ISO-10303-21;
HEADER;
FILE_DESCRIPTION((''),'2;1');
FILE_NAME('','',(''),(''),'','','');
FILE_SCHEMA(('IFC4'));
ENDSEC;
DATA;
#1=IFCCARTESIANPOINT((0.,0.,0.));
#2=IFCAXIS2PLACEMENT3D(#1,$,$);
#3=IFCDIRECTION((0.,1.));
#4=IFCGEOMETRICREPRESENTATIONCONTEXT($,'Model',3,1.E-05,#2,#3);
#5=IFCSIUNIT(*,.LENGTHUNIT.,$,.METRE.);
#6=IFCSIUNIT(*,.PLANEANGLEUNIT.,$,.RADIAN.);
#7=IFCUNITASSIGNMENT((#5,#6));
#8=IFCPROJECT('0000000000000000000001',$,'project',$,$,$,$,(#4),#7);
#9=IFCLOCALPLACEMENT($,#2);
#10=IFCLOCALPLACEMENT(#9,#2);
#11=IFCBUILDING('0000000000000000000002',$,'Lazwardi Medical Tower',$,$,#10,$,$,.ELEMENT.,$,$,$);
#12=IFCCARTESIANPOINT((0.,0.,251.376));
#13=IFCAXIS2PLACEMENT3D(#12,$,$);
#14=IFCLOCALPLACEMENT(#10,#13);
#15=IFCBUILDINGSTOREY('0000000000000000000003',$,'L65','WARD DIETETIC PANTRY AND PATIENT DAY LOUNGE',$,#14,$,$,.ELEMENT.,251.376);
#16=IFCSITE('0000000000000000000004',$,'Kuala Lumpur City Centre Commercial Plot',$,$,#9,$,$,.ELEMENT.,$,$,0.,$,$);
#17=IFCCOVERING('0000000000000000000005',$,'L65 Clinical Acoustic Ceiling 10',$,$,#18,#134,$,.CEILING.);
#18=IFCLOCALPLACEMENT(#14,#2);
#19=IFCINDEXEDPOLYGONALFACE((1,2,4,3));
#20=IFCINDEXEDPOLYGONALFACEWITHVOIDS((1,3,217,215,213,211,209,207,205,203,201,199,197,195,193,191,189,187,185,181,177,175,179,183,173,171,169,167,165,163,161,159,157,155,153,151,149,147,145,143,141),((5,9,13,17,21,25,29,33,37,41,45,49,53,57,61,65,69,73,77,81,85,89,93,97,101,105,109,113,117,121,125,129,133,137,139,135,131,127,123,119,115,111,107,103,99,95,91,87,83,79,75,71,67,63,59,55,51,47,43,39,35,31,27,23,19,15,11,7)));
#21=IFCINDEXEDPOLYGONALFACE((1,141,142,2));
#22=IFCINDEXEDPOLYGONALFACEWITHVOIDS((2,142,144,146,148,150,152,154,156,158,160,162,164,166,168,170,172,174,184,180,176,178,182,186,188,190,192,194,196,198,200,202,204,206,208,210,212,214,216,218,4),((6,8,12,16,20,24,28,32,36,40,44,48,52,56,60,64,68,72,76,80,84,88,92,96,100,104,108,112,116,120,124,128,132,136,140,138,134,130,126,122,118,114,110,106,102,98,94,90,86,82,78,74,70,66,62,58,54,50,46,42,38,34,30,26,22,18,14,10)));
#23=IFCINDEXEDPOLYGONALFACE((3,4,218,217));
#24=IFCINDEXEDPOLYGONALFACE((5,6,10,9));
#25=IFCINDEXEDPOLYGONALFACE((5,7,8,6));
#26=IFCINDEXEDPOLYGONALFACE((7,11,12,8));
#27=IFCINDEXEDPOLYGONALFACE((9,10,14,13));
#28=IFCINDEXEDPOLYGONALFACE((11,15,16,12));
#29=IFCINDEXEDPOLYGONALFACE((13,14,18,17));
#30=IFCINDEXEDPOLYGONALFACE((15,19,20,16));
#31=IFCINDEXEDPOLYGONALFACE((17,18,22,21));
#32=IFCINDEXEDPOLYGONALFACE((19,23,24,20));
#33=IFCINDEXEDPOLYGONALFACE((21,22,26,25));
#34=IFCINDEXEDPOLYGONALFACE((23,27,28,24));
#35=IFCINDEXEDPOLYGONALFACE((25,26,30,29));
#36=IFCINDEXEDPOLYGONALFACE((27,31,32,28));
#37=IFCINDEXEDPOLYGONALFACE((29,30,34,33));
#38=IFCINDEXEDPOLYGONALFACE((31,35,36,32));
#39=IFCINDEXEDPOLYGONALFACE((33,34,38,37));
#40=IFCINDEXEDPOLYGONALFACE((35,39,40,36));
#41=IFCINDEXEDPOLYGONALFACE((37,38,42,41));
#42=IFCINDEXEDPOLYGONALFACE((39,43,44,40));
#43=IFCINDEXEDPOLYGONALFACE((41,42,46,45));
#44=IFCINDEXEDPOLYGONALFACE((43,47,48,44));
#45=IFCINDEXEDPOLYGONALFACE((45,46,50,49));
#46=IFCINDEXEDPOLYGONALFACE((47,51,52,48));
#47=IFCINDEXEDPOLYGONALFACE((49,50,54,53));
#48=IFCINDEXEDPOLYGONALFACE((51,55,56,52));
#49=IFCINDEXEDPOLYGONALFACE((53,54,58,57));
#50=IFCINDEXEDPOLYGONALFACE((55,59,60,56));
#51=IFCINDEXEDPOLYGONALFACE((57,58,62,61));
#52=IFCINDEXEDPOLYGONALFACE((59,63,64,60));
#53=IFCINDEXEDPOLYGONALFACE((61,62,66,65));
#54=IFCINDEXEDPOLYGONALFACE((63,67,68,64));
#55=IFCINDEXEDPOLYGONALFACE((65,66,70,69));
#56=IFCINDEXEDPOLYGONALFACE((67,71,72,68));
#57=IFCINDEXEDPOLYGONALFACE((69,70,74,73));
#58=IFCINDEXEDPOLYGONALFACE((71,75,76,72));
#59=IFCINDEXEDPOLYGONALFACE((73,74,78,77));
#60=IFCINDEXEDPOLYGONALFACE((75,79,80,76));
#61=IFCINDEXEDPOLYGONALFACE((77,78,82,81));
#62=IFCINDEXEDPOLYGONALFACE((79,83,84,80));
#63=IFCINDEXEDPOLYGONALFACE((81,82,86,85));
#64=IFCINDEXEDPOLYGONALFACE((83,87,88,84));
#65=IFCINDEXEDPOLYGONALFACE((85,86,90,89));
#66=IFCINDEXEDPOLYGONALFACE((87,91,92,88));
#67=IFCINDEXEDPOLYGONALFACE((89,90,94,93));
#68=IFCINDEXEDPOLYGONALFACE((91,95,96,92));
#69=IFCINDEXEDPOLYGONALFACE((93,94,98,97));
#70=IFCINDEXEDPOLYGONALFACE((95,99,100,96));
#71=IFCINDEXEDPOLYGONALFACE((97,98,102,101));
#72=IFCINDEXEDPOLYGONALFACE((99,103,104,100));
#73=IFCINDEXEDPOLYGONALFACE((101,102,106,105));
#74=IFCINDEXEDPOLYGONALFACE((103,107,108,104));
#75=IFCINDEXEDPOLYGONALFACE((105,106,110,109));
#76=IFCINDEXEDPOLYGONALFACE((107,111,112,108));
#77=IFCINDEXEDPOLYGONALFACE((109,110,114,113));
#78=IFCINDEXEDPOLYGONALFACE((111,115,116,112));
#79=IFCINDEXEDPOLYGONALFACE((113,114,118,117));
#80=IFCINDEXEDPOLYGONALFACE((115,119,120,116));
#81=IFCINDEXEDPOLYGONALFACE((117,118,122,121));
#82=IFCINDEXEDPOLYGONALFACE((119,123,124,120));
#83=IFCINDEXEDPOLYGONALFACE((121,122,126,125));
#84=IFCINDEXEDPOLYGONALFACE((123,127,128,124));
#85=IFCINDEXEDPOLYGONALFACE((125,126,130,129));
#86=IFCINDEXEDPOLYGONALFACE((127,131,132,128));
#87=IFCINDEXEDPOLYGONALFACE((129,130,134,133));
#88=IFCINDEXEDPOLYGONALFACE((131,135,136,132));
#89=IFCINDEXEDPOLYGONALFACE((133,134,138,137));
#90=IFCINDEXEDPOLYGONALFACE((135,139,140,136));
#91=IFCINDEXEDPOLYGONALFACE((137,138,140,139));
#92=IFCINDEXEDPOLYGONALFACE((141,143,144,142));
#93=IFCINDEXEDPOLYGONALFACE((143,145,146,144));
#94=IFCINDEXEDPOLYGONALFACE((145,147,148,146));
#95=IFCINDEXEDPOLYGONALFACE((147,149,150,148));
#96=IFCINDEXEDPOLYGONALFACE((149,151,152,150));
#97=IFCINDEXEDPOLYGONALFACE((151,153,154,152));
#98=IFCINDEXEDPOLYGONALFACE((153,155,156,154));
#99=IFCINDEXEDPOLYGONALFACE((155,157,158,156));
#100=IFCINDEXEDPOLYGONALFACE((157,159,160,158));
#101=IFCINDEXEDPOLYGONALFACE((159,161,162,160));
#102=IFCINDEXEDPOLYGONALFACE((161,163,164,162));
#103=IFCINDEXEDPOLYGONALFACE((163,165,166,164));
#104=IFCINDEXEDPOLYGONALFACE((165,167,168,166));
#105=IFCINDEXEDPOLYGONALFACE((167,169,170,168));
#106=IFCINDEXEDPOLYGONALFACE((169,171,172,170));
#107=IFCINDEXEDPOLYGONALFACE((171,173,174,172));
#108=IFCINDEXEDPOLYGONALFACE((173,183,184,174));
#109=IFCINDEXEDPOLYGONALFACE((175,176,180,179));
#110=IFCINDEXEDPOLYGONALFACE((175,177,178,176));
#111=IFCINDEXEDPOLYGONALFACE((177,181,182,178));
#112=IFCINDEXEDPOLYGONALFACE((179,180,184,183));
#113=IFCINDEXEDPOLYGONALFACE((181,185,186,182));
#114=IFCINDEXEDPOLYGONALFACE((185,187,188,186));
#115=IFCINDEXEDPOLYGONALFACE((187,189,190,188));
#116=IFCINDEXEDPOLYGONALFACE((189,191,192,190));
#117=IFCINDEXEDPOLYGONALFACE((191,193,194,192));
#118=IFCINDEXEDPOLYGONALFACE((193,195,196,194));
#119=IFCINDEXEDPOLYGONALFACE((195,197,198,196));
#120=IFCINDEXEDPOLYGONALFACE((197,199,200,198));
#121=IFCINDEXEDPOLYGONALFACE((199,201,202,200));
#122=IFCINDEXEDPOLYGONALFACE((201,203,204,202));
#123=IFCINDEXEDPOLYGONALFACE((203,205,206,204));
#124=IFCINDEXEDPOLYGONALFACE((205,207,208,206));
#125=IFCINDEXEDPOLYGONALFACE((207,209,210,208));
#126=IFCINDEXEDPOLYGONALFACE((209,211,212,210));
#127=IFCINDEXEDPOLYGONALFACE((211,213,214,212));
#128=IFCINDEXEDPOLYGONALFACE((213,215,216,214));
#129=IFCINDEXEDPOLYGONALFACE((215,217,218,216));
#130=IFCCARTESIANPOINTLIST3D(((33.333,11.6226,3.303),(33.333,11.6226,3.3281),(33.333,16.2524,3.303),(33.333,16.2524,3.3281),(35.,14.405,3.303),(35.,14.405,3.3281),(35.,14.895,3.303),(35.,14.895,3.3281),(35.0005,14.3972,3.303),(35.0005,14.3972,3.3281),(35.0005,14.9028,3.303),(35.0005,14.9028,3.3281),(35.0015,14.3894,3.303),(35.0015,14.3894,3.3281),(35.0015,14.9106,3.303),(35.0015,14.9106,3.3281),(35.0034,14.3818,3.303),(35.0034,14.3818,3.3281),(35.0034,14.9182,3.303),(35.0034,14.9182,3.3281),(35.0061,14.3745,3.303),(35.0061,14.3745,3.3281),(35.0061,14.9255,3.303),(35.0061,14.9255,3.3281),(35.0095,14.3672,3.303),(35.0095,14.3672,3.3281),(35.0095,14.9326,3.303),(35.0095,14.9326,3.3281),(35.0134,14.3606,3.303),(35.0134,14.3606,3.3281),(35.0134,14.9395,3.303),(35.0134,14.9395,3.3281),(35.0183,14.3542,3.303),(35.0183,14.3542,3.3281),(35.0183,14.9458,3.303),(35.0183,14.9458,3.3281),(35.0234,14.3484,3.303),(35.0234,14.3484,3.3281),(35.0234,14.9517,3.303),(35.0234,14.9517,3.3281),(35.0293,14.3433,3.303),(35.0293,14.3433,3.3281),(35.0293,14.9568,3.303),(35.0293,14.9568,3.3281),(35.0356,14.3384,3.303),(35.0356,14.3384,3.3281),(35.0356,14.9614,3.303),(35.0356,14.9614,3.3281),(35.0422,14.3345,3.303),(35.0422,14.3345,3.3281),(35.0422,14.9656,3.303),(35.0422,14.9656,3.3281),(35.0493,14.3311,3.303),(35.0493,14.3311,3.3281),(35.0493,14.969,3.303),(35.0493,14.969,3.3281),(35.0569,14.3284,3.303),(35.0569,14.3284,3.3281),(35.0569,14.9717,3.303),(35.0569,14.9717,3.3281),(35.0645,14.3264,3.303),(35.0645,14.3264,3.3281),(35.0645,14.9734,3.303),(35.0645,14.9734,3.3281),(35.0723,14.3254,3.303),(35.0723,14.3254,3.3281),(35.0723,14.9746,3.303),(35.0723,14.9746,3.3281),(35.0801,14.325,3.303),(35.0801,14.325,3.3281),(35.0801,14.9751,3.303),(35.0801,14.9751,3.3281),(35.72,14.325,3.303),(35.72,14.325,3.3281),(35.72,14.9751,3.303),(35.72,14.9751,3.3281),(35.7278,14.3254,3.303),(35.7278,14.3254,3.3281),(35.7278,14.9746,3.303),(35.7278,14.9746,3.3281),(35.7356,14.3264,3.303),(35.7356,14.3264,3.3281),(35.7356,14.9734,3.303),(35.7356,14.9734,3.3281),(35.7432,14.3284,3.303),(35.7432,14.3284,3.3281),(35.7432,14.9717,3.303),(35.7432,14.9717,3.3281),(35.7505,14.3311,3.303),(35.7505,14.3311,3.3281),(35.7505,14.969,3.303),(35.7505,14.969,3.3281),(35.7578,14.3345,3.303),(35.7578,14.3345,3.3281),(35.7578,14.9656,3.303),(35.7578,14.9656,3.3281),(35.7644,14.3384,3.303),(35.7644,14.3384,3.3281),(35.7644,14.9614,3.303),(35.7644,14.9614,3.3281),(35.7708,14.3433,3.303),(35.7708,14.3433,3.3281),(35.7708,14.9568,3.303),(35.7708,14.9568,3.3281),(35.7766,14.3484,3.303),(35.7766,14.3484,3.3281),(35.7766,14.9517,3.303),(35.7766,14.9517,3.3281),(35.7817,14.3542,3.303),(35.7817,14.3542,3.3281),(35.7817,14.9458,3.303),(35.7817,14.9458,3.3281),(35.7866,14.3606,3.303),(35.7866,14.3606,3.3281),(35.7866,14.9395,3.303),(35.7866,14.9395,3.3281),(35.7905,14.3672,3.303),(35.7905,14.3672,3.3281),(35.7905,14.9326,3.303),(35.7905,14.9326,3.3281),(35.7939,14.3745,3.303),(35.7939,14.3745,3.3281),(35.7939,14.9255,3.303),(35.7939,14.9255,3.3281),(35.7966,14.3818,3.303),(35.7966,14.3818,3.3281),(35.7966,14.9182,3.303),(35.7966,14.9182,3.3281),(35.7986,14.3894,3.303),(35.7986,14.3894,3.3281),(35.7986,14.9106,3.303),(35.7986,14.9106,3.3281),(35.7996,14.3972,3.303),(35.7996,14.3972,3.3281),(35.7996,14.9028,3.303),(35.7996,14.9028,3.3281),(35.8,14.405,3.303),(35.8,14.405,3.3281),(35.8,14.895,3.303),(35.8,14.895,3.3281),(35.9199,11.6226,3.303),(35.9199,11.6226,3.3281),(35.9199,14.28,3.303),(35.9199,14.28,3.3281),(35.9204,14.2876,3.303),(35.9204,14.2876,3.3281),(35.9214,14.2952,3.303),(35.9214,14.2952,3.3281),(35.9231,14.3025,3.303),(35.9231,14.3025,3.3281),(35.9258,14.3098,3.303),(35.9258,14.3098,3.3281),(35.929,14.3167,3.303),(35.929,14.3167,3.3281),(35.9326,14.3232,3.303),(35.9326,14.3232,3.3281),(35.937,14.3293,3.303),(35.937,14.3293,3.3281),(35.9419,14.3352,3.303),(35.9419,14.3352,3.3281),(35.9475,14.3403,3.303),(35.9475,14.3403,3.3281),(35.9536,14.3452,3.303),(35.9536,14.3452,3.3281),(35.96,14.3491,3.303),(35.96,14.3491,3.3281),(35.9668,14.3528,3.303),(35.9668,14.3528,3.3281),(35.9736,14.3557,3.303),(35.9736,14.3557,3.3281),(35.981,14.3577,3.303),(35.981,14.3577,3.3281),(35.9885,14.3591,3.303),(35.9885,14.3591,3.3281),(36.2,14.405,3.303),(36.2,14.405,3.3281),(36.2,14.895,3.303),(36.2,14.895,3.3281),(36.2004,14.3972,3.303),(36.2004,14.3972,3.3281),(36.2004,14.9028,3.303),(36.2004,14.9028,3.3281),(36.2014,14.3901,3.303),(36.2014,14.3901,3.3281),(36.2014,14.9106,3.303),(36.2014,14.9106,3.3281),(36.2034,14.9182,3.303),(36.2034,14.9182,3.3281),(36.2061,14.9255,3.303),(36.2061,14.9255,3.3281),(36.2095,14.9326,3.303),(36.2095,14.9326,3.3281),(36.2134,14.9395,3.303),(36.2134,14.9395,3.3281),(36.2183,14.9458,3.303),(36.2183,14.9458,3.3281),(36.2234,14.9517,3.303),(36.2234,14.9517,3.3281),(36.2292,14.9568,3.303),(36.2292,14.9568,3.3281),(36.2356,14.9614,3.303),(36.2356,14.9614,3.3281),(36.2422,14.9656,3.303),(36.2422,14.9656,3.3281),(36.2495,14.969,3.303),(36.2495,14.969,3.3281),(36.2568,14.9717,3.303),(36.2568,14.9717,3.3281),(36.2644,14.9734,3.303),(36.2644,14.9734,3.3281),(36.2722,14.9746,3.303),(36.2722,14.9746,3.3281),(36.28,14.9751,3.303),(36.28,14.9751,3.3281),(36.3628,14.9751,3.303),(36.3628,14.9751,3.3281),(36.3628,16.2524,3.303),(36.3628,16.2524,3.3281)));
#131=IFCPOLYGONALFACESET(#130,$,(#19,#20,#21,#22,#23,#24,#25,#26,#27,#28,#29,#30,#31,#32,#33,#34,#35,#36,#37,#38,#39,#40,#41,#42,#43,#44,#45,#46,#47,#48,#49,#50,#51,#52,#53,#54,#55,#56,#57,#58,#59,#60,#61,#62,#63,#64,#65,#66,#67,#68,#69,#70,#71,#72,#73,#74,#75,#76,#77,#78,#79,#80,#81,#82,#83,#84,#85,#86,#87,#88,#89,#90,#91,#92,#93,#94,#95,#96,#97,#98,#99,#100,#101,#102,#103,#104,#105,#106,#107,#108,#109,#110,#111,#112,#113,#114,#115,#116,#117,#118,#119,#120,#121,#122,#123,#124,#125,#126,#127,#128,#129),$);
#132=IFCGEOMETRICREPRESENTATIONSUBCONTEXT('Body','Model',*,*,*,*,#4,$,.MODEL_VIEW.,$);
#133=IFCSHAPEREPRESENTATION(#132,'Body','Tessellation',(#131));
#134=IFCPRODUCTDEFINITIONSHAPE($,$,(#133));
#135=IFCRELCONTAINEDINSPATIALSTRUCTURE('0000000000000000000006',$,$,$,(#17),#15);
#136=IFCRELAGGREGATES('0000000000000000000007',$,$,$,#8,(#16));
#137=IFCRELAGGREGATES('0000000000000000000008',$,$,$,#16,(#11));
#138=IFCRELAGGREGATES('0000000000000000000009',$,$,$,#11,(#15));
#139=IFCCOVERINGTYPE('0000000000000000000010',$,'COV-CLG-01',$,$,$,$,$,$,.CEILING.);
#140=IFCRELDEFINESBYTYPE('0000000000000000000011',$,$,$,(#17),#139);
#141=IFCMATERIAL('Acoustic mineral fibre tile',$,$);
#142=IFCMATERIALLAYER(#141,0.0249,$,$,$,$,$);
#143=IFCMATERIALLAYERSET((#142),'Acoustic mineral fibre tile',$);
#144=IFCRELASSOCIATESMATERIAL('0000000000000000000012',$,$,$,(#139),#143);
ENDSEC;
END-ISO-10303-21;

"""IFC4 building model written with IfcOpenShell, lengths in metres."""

from ifc_helpers import new_model, si_unit, direction, frame, origin, place, context, subcontext, project, spatial, polyline, outline, extrude, material, layer, layer_set, type_object, element, save


model = new_model("IFC4")

# Units and contexts
model_context = context("Model", 3, precision=1e-05, world=origin(), true_north=direction((0.0, 1.0)))
body_context = subcontext(model_context, "Body", "Model", "MODEL_VIEW")
ifc_project = project(units=[si_unit("LENGTHUNIT", "METRE"), si_unit("PLANEANGLEUNIT", "RADIAN")], contexts=[model_context])

# Site, building, storey
site_placement = place(None, origin())
site = spatial("IfcSite", under=ifc_project, at=site_placement, Name="Kuala Lumpur City Centre Commercial Plot", CompositionType="ELEMENT", RefElevation=0.0)
building_placement = place(site_placement, origin())
building = spatial("IfcBuilding", under=site, at=building_placement, Name="Lazwardi Medical Tower", CompositionType="ELEMENT")
storey_placement = place(building_placement, frame((0.0, 0.0, 251.376)))
storey = spatial("IfcBuildingStorey", under=building, at=storey_placement, Name="L65", Description="WARD DIETETIC PANTRY AND PATIENT DAY LOUNGE", CompositionType="ELEMENT", Elevation=251.376)

# Covering
ifc_material_1 = material(Name="Acoustic mineral fibre tile")
ifc_layer_1 = layer(ifc_material_1, 0.0249)
ifc_layer_set_1 = layer_set([ifc_layer_1], Name="Acoustic mineral fibre tile")
covering_type_1 = type_object("IfcCoveringType", Name="COV-CLG-01", PredefinedType="CEILING", material=ifc_layer_set_1)
covering_1_placement = place(storey_placement, frame((0.0, 0.0, 3.303)))
element("IfcCovering", 1, at=covering_1_placement, inside=storey, type_object=covering_type_1, Name="L65 Clinical Acoustic Ceiling 10", PredefinedType="CEILING", context=body_context, shape_type="SweptSolid", body=[
    extrude(outline(polyline([(35.9199, 11.6226), (35.9199, 14.28), (35.9204, 14.2876), (35.9214, 14.2952), (35.9231, 14.3025), (35.9258, 14.3098), (35.929, 14.3167), (35.9326, 14.3232), (35.937, 14.3293), (35.9419, 14.3352), (35.9475, 14.3403), (35.9536, 14.3452), (35.96, 14.3491), (35.9668, 14.3528), (35.9736, 14.3557), (35.981, 14.3577), (35.9885, 14.3591), (36.2014, 14.3901), (36.2004, 14.3972), (36.2, 14.405), (36.2, 14.895), (36.2004, 14.9028), (36.2014, 14.9106), (36.2034, 14.9182), (36.2061, 14.9255), (36.2095, 14.9326), (36.2134, 14.9395), (36.2183, 14.9458), (36.2234, 14.9517), (36.2292, 14.9568), (36.2356, 14.9614), (36.2422, 14.9656), (36.2495, 14.969), (36.2568, 14.9717), (36.2644, 14.9734), (36.2722, 14.9746), (36.28, 14.9751), (36.3628, 14.9751), (36.3628, 16.2524), (33.333, 16.2524), (33.333, 11.6226), (35.9199, 11.6226)]), holes=[polyline([(35.7356, 14.3264), (35.7278, 14.3254), (35.72, 14.325), (35.0801, 14.325), (35.0723, 14.3254), (35.0645, 14.3264), (35.0569, 14.3284), (35.0493, 14.3311), (35.0422, 14.3345), (35.0356, 14.3384), (35.0293, 14.3433), (35.0234, 14.3484), (35.0183, 14.3542), (35.0134, 14.3606), (35.0095, 14.3672), (35.0061, 14.3745), (35.0034, 14.3818), (35.0015, 14.3894), (35.0005, 14.3972), (35.0, 14.405), (35.0, 14.895), (35.0005, 14.9028), (35.0015, 14.9106), (35.0034, 14.9182), (35.0061, 14.9255), (35.0095, 14.9326), (35.0134, 14.9395), (35.0183, 14.9458), (35.0234, 14.9517), (35.0293, 14.9568), (35.0356, 14.9614), (35.0422, 14.9656), (35.0493, 14.969), (35.0569, 14.9717), (35.0645, 14.9734), (35.0723, 14.9746), (35.0801, 14.9751), (35.72, 14.9751), (35.7278, 14.9746), (35.7356, 14.9734), (35.7432, 14.9717), (35.7505, 14.969), (35.7578, 14.9656), (35.7644, 14.9614), (35.7708, 14.9568), (35.7766, 14.9517), (35.7817, 14.9458), (35.7866, 14.9395), (35.7905, 14.9326), (35.7939, 14.9255), (35.7966, 14.9182), (35.7986, 14.9106), (35.7996, 14.9028), (35.8, 14.895), (35.8, 14.405), (35.7996, 14.3972), (35.7986, 14.3894), (35.7966, 14.3818), (35.7939, 14.3745), (35.7905, 14.3672), (35.7866, 14.3606), (35.7817, 14.3542), (35.7766, 14.3484), (35.7708, 14.3433), (35.7644, 14.3384), (35.7578, 14.3345), (35.7505, 14.3311), (35.7432, 14.3284), (35.7356, 14.3264)])]), origin(), (0.0, 0.0, 1.0), 0.0251),
])

save(model, "model.ifc")
